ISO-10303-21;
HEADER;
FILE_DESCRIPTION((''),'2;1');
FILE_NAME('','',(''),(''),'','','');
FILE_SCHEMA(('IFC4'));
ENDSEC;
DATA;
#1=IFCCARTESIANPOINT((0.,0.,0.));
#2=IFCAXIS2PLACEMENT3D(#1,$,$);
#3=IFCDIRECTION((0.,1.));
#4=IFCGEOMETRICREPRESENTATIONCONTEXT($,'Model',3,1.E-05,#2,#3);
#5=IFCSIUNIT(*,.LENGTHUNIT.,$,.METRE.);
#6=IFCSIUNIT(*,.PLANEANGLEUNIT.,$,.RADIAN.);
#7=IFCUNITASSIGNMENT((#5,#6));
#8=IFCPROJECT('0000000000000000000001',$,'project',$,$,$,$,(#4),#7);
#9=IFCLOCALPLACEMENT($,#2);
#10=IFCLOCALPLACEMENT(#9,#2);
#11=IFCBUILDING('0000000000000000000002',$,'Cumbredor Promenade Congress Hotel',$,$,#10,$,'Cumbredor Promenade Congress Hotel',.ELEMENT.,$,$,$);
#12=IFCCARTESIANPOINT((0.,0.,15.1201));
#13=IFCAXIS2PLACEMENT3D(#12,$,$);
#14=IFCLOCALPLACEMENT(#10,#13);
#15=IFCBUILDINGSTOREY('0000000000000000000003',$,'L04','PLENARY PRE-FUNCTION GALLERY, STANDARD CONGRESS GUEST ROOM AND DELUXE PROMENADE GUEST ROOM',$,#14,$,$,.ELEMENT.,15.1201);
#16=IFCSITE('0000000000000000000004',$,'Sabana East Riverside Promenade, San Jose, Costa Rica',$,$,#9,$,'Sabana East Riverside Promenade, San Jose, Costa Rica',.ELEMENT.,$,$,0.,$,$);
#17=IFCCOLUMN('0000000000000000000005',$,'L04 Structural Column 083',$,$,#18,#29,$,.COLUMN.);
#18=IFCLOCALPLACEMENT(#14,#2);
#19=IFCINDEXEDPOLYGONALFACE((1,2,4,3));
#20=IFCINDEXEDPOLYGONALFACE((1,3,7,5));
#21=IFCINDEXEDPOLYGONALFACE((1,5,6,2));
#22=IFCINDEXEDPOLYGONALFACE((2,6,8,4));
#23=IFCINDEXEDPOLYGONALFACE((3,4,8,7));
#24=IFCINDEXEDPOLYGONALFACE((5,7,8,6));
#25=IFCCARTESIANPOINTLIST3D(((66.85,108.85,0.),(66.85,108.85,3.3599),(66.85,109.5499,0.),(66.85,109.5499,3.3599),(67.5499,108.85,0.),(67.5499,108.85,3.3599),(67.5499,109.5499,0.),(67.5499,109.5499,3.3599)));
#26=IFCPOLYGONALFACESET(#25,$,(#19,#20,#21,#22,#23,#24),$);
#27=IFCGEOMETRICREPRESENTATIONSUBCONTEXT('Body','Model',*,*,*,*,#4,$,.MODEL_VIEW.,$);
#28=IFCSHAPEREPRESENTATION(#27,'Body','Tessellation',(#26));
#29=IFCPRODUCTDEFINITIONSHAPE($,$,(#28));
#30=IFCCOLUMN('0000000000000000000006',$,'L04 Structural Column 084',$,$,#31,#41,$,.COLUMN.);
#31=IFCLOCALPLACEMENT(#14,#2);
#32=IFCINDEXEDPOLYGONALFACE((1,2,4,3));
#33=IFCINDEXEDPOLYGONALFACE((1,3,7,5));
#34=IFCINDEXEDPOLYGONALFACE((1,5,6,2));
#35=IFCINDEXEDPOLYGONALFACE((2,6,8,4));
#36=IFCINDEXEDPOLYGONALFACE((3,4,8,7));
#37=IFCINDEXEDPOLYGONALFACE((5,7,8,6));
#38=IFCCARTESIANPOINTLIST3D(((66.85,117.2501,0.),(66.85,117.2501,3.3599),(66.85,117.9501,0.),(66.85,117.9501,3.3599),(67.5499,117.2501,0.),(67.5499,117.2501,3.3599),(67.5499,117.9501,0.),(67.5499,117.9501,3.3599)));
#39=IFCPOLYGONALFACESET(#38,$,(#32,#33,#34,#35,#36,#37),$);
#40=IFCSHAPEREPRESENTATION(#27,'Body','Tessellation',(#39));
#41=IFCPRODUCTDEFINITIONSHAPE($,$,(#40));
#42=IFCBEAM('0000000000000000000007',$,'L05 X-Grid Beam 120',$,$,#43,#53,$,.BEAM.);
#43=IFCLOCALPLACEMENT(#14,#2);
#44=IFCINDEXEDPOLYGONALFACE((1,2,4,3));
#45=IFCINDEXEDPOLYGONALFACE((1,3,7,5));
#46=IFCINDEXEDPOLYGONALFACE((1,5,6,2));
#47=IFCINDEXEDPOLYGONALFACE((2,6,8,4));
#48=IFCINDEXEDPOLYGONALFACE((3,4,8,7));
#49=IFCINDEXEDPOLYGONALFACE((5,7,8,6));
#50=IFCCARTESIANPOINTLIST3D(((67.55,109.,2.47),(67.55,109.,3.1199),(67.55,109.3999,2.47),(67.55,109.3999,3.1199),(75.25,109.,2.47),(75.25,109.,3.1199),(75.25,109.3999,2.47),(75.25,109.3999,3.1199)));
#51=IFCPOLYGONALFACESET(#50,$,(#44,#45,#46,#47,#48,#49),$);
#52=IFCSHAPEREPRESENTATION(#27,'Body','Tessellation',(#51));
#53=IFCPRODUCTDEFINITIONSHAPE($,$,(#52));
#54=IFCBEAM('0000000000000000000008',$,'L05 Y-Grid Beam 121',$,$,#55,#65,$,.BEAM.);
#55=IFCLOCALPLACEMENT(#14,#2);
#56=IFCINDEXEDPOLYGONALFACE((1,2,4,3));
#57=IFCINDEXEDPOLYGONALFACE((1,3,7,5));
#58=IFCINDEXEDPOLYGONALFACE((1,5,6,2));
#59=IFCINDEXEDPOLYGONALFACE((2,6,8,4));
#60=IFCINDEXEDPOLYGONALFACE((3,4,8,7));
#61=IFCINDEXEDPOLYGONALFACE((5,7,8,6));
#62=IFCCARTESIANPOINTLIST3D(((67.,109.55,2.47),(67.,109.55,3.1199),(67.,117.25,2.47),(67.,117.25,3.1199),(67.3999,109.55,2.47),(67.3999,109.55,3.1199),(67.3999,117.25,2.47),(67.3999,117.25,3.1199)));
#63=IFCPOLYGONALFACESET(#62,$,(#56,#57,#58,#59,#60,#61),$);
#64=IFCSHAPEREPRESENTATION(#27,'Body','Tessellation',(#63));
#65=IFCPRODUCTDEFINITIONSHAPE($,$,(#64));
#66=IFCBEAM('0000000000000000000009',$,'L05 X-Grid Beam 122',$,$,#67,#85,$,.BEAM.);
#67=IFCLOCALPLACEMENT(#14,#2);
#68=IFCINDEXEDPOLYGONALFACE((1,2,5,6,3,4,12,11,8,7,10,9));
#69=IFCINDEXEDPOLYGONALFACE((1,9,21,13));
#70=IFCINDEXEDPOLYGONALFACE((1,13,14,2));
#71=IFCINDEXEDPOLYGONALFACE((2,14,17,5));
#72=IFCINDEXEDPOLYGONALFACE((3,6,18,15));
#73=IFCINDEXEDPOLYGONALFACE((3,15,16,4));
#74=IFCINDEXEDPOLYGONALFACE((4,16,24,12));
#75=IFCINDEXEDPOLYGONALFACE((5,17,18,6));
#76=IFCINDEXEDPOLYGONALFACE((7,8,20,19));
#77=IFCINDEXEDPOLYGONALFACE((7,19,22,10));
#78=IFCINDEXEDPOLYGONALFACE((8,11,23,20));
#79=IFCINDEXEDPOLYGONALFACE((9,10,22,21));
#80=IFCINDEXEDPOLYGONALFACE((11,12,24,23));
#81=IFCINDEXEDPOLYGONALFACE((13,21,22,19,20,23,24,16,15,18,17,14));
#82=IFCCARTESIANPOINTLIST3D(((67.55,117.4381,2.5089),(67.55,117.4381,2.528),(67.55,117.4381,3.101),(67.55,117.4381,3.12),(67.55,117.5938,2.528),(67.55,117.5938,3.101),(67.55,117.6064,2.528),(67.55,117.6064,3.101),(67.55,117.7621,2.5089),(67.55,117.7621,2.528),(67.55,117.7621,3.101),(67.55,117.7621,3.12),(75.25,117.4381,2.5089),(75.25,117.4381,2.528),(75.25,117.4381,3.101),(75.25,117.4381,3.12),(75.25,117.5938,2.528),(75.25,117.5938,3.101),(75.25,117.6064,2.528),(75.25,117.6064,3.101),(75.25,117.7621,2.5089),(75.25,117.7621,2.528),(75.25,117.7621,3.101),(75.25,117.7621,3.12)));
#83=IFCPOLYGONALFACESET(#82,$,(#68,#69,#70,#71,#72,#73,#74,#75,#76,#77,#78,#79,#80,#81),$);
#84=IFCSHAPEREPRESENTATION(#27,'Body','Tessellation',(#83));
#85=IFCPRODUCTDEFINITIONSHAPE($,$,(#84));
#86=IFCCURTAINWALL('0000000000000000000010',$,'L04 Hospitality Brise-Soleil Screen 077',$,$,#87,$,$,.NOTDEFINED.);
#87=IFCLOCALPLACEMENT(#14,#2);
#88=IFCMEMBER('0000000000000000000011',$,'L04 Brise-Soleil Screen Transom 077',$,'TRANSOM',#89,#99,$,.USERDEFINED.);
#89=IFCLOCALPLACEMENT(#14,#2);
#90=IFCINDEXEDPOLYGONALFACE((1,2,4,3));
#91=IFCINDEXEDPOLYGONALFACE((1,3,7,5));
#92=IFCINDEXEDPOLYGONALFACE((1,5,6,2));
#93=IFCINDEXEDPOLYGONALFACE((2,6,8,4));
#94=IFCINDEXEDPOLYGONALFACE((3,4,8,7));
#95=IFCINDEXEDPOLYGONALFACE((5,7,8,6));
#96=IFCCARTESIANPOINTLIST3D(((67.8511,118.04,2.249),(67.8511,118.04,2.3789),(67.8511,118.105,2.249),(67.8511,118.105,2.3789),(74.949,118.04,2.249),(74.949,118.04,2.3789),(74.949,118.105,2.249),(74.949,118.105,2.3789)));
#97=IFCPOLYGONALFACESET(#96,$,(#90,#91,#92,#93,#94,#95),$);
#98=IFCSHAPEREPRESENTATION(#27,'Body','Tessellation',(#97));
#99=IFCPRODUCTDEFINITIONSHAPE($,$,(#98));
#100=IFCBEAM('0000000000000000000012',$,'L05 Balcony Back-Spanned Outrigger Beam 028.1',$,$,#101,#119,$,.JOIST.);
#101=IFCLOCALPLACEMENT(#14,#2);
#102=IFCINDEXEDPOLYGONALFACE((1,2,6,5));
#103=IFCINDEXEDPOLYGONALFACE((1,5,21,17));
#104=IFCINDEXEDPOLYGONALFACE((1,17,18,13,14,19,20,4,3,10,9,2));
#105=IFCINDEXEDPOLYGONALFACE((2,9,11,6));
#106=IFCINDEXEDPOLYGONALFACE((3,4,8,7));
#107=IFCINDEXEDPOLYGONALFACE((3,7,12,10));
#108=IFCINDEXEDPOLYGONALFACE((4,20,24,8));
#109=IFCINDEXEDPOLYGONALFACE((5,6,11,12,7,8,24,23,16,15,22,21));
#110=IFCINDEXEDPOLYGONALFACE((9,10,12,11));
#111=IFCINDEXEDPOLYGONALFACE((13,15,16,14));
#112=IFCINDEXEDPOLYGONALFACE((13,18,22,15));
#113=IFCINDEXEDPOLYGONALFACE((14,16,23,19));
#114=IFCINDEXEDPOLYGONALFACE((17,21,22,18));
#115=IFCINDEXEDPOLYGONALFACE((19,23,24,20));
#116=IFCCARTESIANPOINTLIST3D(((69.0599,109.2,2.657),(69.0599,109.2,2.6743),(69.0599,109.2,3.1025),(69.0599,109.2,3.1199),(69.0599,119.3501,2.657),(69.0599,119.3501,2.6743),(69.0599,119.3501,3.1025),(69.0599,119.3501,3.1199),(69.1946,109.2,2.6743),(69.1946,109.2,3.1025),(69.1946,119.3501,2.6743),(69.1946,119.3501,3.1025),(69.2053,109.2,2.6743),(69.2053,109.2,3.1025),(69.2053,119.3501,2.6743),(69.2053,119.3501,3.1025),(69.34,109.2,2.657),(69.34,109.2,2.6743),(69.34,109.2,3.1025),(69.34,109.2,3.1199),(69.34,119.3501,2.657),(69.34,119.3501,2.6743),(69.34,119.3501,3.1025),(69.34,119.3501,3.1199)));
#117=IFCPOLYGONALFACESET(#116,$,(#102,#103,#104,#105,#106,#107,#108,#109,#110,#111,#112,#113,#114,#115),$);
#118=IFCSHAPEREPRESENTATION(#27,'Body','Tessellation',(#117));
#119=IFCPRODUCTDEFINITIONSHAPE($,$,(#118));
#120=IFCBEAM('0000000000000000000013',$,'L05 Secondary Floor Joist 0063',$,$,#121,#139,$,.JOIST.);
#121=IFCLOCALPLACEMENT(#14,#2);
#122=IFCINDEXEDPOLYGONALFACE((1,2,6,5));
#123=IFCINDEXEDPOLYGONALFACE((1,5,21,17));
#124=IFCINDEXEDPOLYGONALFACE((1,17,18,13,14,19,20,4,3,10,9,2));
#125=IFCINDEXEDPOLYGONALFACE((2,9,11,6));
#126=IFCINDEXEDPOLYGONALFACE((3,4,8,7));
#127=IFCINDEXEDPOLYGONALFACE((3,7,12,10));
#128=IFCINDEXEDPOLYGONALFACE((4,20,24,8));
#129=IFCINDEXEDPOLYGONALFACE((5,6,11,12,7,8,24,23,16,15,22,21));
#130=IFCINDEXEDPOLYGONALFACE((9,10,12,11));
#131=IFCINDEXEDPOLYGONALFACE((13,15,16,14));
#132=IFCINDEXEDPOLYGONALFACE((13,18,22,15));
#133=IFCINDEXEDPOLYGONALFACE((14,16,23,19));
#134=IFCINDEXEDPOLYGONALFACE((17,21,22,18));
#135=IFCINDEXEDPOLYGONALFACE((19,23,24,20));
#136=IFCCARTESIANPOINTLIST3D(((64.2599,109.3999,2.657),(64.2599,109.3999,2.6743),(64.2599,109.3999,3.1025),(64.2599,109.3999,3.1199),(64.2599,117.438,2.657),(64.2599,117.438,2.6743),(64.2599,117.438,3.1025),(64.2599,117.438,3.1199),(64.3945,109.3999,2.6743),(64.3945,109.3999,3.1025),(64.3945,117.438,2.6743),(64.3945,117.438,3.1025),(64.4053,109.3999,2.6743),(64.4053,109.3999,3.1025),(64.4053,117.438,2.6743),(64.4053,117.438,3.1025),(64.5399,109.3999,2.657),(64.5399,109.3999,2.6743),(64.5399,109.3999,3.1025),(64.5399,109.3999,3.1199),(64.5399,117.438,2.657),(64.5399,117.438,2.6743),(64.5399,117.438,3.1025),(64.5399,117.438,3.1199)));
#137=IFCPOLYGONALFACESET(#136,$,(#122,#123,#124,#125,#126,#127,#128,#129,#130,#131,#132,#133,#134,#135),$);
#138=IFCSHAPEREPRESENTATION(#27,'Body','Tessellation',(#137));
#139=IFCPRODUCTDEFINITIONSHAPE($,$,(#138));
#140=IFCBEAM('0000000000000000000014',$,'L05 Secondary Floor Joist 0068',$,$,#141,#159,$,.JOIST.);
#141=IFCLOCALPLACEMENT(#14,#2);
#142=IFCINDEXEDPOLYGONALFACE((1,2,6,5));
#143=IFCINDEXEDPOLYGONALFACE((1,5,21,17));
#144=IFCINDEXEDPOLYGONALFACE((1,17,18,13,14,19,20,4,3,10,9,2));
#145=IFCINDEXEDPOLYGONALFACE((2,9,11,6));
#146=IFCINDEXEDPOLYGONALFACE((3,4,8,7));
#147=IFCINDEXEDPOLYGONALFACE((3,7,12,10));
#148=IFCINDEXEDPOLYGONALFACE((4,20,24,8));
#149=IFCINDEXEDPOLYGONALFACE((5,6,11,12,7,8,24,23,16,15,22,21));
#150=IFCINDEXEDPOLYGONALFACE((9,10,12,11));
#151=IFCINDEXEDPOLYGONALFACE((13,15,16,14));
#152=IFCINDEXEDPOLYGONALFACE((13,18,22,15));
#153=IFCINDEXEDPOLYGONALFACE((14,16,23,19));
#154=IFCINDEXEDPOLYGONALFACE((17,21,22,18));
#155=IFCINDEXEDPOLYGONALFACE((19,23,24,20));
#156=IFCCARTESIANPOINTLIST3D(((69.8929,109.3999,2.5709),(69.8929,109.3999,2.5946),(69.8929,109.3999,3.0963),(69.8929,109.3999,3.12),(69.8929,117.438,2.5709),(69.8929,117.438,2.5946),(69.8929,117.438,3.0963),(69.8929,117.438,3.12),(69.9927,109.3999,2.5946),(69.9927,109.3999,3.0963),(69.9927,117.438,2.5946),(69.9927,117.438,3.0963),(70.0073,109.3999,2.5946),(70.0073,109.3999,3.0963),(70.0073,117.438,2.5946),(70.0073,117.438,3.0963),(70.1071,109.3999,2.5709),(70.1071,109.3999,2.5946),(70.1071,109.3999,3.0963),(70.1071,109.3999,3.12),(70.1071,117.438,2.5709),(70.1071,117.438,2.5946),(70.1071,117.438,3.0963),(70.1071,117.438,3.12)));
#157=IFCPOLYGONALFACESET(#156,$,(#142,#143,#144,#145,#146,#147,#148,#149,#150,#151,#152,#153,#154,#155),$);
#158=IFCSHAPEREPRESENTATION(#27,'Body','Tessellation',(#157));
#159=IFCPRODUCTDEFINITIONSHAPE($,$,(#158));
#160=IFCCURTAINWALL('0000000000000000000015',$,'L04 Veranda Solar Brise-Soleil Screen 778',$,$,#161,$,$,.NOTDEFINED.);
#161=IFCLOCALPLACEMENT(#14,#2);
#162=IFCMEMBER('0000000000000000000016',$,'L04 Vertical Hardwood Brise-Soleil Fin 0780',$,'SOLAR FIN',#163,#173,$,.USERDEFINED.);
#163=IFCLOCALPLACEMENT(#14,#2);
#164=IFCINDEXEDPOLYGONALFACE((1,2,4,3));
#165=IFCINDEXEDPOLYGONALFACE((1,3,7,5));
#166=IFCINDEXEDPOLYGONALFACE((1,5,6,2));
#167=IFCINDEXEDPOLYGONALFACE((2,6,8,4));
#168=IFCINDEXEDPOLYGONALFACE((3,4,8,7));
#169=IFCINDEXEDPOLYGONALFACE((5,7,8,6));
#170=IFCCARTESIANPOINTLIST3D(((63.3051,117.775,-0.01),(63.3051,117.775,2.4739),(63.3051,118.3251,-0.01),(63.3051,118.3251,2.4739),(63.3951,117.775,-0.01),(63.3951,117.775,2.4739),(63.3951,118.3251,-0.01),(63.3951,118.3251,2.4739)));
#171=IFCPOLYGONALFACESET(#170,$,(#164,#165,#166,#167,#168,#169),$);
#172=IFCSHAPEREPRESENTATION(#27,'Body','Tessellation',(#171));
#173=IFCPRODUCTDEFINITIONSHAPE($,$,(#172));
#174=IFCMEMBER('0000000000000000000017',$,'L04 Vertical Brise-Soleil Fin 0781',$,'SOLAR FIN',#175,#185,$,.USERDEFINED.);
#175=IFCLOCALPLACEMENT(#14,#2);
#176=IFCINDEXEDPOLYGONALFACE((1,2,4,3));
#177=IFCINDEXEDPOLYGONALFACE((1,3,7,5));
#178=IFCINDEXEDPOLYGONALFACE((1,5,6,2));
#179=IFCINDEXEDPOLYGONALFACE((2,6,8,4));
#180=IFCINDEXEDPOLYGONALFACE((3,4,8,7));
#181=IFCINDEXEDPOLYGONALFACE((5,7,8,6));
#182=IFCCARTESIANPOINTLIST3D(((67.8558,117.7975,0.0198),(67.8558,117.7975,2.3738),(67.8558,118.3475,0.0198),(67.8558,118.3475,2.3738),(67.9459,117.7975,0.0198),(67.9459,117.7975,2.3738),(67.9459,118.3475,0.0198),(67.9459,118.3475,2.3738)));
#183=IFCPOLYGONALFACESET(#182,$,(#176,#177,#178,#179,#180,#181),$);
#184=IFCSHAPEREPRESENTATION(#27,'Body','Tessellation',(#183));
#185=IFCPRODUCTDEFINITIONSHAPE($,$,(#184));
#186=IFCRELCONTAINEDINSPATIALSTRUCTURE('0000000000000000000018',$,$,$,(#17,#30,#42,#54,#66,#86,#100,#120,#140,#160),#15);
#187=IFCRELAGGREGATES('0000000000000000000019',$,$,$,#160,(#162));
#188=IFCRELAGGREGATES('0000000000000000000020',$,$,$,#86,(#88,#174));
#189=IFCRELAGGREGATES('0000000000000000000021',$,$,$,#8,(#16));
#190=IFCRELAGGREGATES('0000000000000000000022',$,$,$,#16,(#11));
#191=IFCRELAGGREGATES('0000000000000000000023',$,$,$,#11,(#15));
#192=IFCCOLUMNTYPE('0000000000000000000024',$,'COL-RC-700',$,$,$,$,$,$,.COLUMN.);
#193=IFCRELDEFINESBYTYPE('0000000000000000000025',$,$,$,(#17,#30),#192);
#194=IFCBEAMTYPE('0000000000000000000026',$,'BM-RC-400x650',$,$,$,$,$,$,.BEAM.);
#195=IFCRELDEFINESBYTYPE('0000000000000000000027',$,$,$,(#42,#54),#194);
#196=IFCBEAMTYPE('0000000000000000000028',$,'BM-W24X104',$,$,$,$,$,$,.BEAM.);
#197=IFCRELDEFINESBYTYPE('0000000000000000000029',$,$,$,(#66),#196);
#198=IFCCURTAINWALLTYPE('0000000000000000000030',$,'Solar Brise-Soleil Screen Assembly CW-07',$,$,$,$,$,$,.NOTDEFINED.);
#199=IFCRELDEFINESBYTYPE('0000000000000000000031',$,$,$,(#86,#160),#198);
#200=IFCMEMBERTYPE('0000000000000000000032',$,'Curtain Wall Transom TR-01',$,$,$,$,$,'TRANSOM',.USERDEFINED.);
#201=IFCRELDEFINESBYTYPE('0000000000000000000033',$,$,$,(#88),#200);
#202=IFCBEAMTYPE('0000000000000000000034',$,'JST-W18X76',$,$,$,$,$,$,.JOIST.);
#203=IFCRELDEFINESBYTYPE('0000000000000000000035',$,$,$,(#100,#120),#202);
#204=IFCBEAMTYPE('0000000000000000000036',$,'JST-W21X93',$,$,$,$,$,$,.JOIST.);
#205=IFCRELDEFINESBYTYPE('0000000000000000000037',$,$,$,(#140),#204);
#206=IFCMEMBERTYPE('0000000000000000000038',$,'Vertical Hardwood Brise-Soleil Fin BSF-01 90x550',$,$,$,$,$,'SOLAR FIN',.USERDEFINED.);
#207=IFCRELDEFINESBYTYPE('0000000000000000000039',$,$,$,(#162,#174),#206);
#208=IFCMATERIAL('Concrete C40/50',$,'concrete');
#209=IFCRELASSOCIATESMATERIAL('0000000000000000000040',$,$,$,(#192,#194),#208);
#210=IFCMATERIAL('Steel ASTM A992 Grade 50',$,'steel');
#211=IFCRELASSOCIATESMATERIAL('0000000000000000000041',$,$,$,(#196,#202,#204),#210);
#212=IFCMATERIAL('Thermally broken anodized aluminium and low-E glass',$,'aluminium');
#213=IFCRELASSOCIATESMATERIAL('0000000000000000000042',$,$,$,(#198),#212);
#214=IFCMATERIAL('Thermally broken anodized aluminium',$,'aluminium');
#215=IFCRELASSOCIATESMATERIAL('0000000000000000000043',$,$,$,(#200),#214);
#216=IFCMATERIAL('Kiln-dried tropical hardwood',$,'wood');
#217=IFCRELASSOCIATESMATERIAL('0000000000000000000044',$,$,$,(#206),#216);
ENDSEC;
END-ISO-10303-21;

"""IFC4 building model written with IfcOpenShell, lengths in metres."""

from ifc_helpers import new_model, si_unit, direction, frame, origin, origin_2d, place, context, subcontext, project, spatial, rectangle, i_section, extrude, material, material_profile, profile_set, type_object, element, aggregate, save


model = new_model("IFC4")

# Units and contexts
model_context = context("Model", 3, precision=1e-05, world=origin(), true_north=direction((0.0, 1.0)))
body_context = subcontext(model_context, "Body", "Model", "MODEL_VIEW")
ifc_project = project(units=[si_unit("LENGTHUNIT", "METRE"), si_unit("PLANEANGLEUNIT", "RADIAN")], contexts=[model_context])

# Site, building, storey
site_placement = place(None, origin())
site = spatial("IfcSite", under=ifc_project, at=site_placement, Name="Sabana East Riverside Promenade, San Jose, Costa Rica", LongName="Sabana East Riverside Promenade, San Jose, Costa Rica", CompositionType="ELEMENT", RefElevation=0.0)
building_placement = place(site_placement, origin())
building = spatial("IfcBuilding", under=site, at=building_placement, Name="Cumbredor Promenade Congress Hotel", LongName="Cumbredor Promenade Congress Hotel", CompositionType="ELEMENT")
storey_placement = place(building_placement, frame((0.0, 0.0, 15.1201)))
storey = spatial("IfcBuildingStorey", under=building, at=storey_placement, Name="L04", Description="PLENARY PRE-FUNCTION GALLERY, STANDARD CONGRESS GUEST ROOM AND DELUXE PROMENADE GUEST ROOM", CompositionType="ELEMENT", Elevation=15.1201)

# Columns
ifc_material_1 = material(Name="Concrete C40/50", Category="concrete")
ifc_material_profile_1 = material_profile(ifc_material_1, rectangle(XDim=0.7, YDim=0.7, at=origin_2d()), Name="RC 700x700")
ifc_profile_set_1 = profile_set([ifc_material_profile_1], Name="Concrete C40/50")
column_type = type_object("IfcColumnType", Name="COL-RC-700", PredefinedType="COLUMN", material=ifc_profile_set_1)
for number, where, z_axis, x_axis, name in (
    (1, (67.2, 109.2, 0.0), (0.0, 0.0, 1.0), (1.0, 0.0, 0.0), "L04 Structural Column 083"),
    (2, (67.2, 117.6001, 0.0), (0.0, 0.0, 1.0), (1.0, 0.0, 0.0), "L04 Structural Column 084"),
):
    element("IfcColumn", number, at=place(storey_placement, frame(where, z_axis=z_axis, x_axis=x_axis)), inside=storey, type_object=column_type, Name=name, PredefinedType="COLUMN", context=body_context, shape_type="SweptSolid", body=[
        extrude(rectangle(XDim=0.7, YDim=0.7, at=origin_2d()), origin(), (0.0, 0.0, 1.0), 3.3599),
    ])

# Beams
ifc_material_profile_2 = material_profile(ifc_material_1, rectangle(XDim=0.3999, YDim=0.6499, at=origin_2d()), Name="RC BEAM 400x650")
ifc_profile_set_2 = profile_set([ifc_material_profile_2], Name="Concrete C40/50")
beam_type_1 = type_object("IfcBeamType", Name="BM-RC-400x650", PredefinedType="BEAM", material=ifc_profile_set_2)
for number, where, z_axis, x_axis, name in (
    (3, (67.55, 109.2, 2.7949), (1.0, 0.0, 0.0), (0.0, 1.0, 0.0), "L05 X-Grid Beam 120"),
    (4, (67.2, 109.55, 2.7949), (0.0, 1.0, 0.0), (-1.0, 0.0, 0.0), "L05 Y-Grid Beam 121"),
):
    element("IfcBeam", number, at=place(storey_placement, frame(where, z_axis=z_axis, x_axis=x_axis)), inside=storey, type_object=beam_type_1, Name=name, PredefinedType="BEAM", context=body_context, shape_type="SweptSolid", body=[
        extrude(rectangle(XDim=0.3999, YDim=0.6499, at=origin_2d()), origin(), (0.0, 0.0, 1.0), 7.7),
    ])
ifc_material_2 = material(Name="Steel ASTM A992 Grade 50", Category="steel")
ifc_material_profile_3 = material_profile(ifc_material_2, i_section(OverallWidth=0.324, OverallDepth=0.6111, WebThickness=0.0127, FlangeThickness=0.019, at=origin_2d()), Name="W24X104")
ifc_profile_set_3 = profile_set([ifc_material_profile_3], Name="Steel ASTM A992 Grade 50")
beam_type_2 = type_object("IfcBeamType", Name="BM-W24X104", PredefinedType="BEAM", material=ifc_profile_set_3)
beam_1_placement = place(storey_placement, frame((67.55, 117.6001, 2.8145), z_axis=(1.0, 0.0, 0.0), x_axis=(0.0, 1.0, 0.0)))
element("IfcBeam", 5, at=beam_1_placement, inside=storey, type_object=beam_type_2, Name="L05 X-Grid Beam 122", PredefinedType="BEAM", context=body_context, shape_type="SweptSolid", body=[
    extrude(i_section(OverallWidth=0.324, OverallDepth=0.6111, WebThickness=0.0127, FlangeThickness=0.019, at=origin_2d()), origin(), (0.0, 0.0, 1.0), 7.7),
])

# Curtain wall, member
ifc_material_3 = material(Name="Thermally broken anodized aluminium and low-E glass", Category="aluminium")
curtain_wall_type = type_object("IfcCurtainWallType", Name="Solar Brise-Soleil Screen Assembly CW-07", PredefinedType="NOTDEFINED", material=ifc_material_3)
curtain_wall_1_placement = place(storey_placement, origin())
curtain_wall_1 = element("IfcCurtainWall", 6, at=curtain_wall_1_placement, inside=storey, type_object=curtain_wall_type, Name="L04 Hospitality Brise-Soleil Screen 077", PredefinedType="NOTDEFINED")
ifc_material_4 = material(Name="Thermally broken anodized aluminium", Category="aluminium")
ifc_material_profile_4 = material_profile(ifc_material_4, rectangle(XDim=0.0649, YDim=0.1299, at=origin_2d()), Name="ALU TRANSOM 65x130")
ifc_profile_set_4 = profile_set([ifc_material_profile_4], Name="Thermally broken anodized aluminium")
member_type_1 = type_object("IfcMemberType", Name="Curtain Wall Transom TR-01", ElementType="TRANSOM", PredefinedType="USERDEFINED", material=ifc_profile_set_4)
member_1_placement = place(storey_placement, frame((67.8511, 118.0725, 2.314), z_axis=(1.0, 0.0, 0.0), x_axis=(0.0, 1.0, 0.0)))
member_1 = element("IfcMember", 7, at=member_1_placement, type_object=member_type_1, Name="L04 Brise-Soleil Screen Transom 077", ObjectType="TRANSOM", PredefinedType="USERDEFINED", context=body_context, shape_type="SweptSolid", body=[
    extrude(rectangle(XDim=0.0649, YDim=0.1299, at=origin_2d()), origin(), (0.0, 0.0, 1.0), 7.0979),
])

# Beams
ifc_material_profile_5 = material_profile(ifc_material_2, i_section(OverallWidth=0.28, OverallDepth=0.4629, WebThickness=0.0107, FlangeThickness=0.0173, at=origin_2d()), Name="W18X76")
ifc_profile_set_5 = profile_set([ifc_material_profile_5], Name="Steel ASTM A992 Grade 50")
beam_type_3 = type_object("IfcBeamType", Name="JST-W18X76", PredefinedType="JOIST", material=ifc_profile_set_5)
beam_2_placement = place(storey_placement, frame((69.2, 109.2, 2.8884), z_axis=(0.0, 1.0, 0.0), x_axis=(-1.0, 0.0, 0.0)))
element("IfcBeam", 8, at=beam_2_placement, inside=storey, type_object=beam_type_3, Name="L05 Balcony Back-Spanned Outrigger Beam 028.1", PredefinedType="JOIST", context=body_context, shape_type="SweptSolid", body=[
    extrude(i_section(OverallWidth=0.28, OverallDepth=0.4629, WebThickness=0.0107, FlangeThickness=0.0173, at=origin_2d()), origin(), (0.0, 0.0, 1.0), 10.1501),
])
beam_3_placement = place(storey_placement, frame((64.3999, 109.3999, 2.8884), z_axis=(0.0, 1.0, 0.0), x_axis=(-1.0, 0.0, 0.0)))
element("IfcBeam", 9, at=beam_3_placement, inside=storey, type_object=beam_type_3, Name="L05 Secondary Floor Joist 0063", PredefinedType="JOIST", context=body_context, shape_type="SweptSolid", body=[
    extrude(i_section(OverallWidth=0.28, OverallDepth=0.4629, WebThickness=0.0107, FlangeThickness=0.0173, at=origin_2d()), origin(), (0.0, 0.0, 1.0), 8.0381),
])
ifc_material_profile_6 = material_profile(ifc_material_2, i_section(OverallWidth=0.2141, OverallDepth=0.5491, WebThickness=0.0146, FlangeThickness=0.0237, at=origin_2d()), Name="W21X93")
ifc_profile_set_6 = profile_set([ifc_material_profile_6], Name="Steel ASTM A992 Grade 50")
beam_type_4 = type_object("IfcBeamType", Name="JST-W21X93", PredefinedType="JOIST", material=ifc_profile_set_6)
beam_4_placement = place(storey_placement, frame((70.0, 109.3999, 2.8455), z_axis=(0.0, 1.0, 0.0), x_axis=(-1.0, 0.0, 0.0)))
element("IfcBeam", 10, at=beam_4_placement, inside=storey, type_object=beam_type_4, Name="L05 Secondary Floor Joist 0068", PredefinedType="JOIST", context=body_context, shape_type="SweptSolid", body=[
    extrude(i_section(OverallWidth=0.2141, OverallDepth=0.5491, WebThickness=0.0146, FlangeThickness=0.0237, at=origin_2d()), origin(), (0.0, 0.0, 1.0), 8.0381),
])

# Curtain wall, member
curtain_wall_2_placement = place(storey_placement, origin())
curtain_wall_2 = element("IfcCurtainWall", 11, at=curtain_wall_2_placement, inside=storey, type_object=curtain_wall_type, Name="L04 Veranda Solar Brise-Soleil Screen 778", PredefinedType="NOTDEFINED")
ifc_material_5 = material(Name="Kiln-dried tropical hardwood", Category="wood")
ifc_material_profile_7 = material_profile(ifc_material_5, rectangle(XDim=0.0901, YDim=0.55, at=origin_2d()), Name="ARCH FIN 90x550")
ifc_profile_set_7 = profile_set([ifc_material_profile_7], Name="Kiln-dried tropical hardwood")
member_type_2 = type_object("IfcMemberType", Name="Vertical Hardwood Brise-Soleil Fin BSF-01 90x550", ElementType="SOLAR FIN", PredefinedType="USERDEFINED", material=ifc_profile_set_7)
member_2_placement = place(storey_placement, frame((63.3501, 118.05, -0.01), z_axis=(0.0, 0.0, 1.0), x_axis=(1.0, 0.0, 0.0)))
member_2 = element("IfcMember", 12, at=member_2_placement, type_object=member_type_2, Name="L04 Vertical Hardwood Brise-Soleil Fin 0780", ObjectType="SOLAR FIN", PredefinedType="USERDEFINED", context=body_context, shape_type="SweptSolid", body=[
    extrude(rectangle(XDim=0.0901, YDim=0.55, at=origin_2d()), origin(), (0.0, 0.0, 1.0), 2.4839),
])
aggregate(curtain_wall_2, [member_2])

# Member
member_3_placement = place(storey_placement, frame((67.9009, 118.0725, 0.0198), z_axis=(0.0, 0.0, 1.0), x_axis=(1.0, 0.0, 0.0)))
member_3 = element("IfcMember", 13, at=member_3_placement, type_object=member_type_2, Name="L04 Vertical Brise-Soleil Fin 0781", ObjectType="SOLAR FIN", PredefinedType="USERDEFINED", context=body_context, shape_type="SweptSolid", body=[
    extrude(rectangle(XDim=0.0901, YDim=0.55, at=origin_2d()), origin(), (0.0, 0.0, 1.0), 2.354),
])
aggregate(curtain_wall_1, [member_1, member_3])

save(model, "model.ifc")
